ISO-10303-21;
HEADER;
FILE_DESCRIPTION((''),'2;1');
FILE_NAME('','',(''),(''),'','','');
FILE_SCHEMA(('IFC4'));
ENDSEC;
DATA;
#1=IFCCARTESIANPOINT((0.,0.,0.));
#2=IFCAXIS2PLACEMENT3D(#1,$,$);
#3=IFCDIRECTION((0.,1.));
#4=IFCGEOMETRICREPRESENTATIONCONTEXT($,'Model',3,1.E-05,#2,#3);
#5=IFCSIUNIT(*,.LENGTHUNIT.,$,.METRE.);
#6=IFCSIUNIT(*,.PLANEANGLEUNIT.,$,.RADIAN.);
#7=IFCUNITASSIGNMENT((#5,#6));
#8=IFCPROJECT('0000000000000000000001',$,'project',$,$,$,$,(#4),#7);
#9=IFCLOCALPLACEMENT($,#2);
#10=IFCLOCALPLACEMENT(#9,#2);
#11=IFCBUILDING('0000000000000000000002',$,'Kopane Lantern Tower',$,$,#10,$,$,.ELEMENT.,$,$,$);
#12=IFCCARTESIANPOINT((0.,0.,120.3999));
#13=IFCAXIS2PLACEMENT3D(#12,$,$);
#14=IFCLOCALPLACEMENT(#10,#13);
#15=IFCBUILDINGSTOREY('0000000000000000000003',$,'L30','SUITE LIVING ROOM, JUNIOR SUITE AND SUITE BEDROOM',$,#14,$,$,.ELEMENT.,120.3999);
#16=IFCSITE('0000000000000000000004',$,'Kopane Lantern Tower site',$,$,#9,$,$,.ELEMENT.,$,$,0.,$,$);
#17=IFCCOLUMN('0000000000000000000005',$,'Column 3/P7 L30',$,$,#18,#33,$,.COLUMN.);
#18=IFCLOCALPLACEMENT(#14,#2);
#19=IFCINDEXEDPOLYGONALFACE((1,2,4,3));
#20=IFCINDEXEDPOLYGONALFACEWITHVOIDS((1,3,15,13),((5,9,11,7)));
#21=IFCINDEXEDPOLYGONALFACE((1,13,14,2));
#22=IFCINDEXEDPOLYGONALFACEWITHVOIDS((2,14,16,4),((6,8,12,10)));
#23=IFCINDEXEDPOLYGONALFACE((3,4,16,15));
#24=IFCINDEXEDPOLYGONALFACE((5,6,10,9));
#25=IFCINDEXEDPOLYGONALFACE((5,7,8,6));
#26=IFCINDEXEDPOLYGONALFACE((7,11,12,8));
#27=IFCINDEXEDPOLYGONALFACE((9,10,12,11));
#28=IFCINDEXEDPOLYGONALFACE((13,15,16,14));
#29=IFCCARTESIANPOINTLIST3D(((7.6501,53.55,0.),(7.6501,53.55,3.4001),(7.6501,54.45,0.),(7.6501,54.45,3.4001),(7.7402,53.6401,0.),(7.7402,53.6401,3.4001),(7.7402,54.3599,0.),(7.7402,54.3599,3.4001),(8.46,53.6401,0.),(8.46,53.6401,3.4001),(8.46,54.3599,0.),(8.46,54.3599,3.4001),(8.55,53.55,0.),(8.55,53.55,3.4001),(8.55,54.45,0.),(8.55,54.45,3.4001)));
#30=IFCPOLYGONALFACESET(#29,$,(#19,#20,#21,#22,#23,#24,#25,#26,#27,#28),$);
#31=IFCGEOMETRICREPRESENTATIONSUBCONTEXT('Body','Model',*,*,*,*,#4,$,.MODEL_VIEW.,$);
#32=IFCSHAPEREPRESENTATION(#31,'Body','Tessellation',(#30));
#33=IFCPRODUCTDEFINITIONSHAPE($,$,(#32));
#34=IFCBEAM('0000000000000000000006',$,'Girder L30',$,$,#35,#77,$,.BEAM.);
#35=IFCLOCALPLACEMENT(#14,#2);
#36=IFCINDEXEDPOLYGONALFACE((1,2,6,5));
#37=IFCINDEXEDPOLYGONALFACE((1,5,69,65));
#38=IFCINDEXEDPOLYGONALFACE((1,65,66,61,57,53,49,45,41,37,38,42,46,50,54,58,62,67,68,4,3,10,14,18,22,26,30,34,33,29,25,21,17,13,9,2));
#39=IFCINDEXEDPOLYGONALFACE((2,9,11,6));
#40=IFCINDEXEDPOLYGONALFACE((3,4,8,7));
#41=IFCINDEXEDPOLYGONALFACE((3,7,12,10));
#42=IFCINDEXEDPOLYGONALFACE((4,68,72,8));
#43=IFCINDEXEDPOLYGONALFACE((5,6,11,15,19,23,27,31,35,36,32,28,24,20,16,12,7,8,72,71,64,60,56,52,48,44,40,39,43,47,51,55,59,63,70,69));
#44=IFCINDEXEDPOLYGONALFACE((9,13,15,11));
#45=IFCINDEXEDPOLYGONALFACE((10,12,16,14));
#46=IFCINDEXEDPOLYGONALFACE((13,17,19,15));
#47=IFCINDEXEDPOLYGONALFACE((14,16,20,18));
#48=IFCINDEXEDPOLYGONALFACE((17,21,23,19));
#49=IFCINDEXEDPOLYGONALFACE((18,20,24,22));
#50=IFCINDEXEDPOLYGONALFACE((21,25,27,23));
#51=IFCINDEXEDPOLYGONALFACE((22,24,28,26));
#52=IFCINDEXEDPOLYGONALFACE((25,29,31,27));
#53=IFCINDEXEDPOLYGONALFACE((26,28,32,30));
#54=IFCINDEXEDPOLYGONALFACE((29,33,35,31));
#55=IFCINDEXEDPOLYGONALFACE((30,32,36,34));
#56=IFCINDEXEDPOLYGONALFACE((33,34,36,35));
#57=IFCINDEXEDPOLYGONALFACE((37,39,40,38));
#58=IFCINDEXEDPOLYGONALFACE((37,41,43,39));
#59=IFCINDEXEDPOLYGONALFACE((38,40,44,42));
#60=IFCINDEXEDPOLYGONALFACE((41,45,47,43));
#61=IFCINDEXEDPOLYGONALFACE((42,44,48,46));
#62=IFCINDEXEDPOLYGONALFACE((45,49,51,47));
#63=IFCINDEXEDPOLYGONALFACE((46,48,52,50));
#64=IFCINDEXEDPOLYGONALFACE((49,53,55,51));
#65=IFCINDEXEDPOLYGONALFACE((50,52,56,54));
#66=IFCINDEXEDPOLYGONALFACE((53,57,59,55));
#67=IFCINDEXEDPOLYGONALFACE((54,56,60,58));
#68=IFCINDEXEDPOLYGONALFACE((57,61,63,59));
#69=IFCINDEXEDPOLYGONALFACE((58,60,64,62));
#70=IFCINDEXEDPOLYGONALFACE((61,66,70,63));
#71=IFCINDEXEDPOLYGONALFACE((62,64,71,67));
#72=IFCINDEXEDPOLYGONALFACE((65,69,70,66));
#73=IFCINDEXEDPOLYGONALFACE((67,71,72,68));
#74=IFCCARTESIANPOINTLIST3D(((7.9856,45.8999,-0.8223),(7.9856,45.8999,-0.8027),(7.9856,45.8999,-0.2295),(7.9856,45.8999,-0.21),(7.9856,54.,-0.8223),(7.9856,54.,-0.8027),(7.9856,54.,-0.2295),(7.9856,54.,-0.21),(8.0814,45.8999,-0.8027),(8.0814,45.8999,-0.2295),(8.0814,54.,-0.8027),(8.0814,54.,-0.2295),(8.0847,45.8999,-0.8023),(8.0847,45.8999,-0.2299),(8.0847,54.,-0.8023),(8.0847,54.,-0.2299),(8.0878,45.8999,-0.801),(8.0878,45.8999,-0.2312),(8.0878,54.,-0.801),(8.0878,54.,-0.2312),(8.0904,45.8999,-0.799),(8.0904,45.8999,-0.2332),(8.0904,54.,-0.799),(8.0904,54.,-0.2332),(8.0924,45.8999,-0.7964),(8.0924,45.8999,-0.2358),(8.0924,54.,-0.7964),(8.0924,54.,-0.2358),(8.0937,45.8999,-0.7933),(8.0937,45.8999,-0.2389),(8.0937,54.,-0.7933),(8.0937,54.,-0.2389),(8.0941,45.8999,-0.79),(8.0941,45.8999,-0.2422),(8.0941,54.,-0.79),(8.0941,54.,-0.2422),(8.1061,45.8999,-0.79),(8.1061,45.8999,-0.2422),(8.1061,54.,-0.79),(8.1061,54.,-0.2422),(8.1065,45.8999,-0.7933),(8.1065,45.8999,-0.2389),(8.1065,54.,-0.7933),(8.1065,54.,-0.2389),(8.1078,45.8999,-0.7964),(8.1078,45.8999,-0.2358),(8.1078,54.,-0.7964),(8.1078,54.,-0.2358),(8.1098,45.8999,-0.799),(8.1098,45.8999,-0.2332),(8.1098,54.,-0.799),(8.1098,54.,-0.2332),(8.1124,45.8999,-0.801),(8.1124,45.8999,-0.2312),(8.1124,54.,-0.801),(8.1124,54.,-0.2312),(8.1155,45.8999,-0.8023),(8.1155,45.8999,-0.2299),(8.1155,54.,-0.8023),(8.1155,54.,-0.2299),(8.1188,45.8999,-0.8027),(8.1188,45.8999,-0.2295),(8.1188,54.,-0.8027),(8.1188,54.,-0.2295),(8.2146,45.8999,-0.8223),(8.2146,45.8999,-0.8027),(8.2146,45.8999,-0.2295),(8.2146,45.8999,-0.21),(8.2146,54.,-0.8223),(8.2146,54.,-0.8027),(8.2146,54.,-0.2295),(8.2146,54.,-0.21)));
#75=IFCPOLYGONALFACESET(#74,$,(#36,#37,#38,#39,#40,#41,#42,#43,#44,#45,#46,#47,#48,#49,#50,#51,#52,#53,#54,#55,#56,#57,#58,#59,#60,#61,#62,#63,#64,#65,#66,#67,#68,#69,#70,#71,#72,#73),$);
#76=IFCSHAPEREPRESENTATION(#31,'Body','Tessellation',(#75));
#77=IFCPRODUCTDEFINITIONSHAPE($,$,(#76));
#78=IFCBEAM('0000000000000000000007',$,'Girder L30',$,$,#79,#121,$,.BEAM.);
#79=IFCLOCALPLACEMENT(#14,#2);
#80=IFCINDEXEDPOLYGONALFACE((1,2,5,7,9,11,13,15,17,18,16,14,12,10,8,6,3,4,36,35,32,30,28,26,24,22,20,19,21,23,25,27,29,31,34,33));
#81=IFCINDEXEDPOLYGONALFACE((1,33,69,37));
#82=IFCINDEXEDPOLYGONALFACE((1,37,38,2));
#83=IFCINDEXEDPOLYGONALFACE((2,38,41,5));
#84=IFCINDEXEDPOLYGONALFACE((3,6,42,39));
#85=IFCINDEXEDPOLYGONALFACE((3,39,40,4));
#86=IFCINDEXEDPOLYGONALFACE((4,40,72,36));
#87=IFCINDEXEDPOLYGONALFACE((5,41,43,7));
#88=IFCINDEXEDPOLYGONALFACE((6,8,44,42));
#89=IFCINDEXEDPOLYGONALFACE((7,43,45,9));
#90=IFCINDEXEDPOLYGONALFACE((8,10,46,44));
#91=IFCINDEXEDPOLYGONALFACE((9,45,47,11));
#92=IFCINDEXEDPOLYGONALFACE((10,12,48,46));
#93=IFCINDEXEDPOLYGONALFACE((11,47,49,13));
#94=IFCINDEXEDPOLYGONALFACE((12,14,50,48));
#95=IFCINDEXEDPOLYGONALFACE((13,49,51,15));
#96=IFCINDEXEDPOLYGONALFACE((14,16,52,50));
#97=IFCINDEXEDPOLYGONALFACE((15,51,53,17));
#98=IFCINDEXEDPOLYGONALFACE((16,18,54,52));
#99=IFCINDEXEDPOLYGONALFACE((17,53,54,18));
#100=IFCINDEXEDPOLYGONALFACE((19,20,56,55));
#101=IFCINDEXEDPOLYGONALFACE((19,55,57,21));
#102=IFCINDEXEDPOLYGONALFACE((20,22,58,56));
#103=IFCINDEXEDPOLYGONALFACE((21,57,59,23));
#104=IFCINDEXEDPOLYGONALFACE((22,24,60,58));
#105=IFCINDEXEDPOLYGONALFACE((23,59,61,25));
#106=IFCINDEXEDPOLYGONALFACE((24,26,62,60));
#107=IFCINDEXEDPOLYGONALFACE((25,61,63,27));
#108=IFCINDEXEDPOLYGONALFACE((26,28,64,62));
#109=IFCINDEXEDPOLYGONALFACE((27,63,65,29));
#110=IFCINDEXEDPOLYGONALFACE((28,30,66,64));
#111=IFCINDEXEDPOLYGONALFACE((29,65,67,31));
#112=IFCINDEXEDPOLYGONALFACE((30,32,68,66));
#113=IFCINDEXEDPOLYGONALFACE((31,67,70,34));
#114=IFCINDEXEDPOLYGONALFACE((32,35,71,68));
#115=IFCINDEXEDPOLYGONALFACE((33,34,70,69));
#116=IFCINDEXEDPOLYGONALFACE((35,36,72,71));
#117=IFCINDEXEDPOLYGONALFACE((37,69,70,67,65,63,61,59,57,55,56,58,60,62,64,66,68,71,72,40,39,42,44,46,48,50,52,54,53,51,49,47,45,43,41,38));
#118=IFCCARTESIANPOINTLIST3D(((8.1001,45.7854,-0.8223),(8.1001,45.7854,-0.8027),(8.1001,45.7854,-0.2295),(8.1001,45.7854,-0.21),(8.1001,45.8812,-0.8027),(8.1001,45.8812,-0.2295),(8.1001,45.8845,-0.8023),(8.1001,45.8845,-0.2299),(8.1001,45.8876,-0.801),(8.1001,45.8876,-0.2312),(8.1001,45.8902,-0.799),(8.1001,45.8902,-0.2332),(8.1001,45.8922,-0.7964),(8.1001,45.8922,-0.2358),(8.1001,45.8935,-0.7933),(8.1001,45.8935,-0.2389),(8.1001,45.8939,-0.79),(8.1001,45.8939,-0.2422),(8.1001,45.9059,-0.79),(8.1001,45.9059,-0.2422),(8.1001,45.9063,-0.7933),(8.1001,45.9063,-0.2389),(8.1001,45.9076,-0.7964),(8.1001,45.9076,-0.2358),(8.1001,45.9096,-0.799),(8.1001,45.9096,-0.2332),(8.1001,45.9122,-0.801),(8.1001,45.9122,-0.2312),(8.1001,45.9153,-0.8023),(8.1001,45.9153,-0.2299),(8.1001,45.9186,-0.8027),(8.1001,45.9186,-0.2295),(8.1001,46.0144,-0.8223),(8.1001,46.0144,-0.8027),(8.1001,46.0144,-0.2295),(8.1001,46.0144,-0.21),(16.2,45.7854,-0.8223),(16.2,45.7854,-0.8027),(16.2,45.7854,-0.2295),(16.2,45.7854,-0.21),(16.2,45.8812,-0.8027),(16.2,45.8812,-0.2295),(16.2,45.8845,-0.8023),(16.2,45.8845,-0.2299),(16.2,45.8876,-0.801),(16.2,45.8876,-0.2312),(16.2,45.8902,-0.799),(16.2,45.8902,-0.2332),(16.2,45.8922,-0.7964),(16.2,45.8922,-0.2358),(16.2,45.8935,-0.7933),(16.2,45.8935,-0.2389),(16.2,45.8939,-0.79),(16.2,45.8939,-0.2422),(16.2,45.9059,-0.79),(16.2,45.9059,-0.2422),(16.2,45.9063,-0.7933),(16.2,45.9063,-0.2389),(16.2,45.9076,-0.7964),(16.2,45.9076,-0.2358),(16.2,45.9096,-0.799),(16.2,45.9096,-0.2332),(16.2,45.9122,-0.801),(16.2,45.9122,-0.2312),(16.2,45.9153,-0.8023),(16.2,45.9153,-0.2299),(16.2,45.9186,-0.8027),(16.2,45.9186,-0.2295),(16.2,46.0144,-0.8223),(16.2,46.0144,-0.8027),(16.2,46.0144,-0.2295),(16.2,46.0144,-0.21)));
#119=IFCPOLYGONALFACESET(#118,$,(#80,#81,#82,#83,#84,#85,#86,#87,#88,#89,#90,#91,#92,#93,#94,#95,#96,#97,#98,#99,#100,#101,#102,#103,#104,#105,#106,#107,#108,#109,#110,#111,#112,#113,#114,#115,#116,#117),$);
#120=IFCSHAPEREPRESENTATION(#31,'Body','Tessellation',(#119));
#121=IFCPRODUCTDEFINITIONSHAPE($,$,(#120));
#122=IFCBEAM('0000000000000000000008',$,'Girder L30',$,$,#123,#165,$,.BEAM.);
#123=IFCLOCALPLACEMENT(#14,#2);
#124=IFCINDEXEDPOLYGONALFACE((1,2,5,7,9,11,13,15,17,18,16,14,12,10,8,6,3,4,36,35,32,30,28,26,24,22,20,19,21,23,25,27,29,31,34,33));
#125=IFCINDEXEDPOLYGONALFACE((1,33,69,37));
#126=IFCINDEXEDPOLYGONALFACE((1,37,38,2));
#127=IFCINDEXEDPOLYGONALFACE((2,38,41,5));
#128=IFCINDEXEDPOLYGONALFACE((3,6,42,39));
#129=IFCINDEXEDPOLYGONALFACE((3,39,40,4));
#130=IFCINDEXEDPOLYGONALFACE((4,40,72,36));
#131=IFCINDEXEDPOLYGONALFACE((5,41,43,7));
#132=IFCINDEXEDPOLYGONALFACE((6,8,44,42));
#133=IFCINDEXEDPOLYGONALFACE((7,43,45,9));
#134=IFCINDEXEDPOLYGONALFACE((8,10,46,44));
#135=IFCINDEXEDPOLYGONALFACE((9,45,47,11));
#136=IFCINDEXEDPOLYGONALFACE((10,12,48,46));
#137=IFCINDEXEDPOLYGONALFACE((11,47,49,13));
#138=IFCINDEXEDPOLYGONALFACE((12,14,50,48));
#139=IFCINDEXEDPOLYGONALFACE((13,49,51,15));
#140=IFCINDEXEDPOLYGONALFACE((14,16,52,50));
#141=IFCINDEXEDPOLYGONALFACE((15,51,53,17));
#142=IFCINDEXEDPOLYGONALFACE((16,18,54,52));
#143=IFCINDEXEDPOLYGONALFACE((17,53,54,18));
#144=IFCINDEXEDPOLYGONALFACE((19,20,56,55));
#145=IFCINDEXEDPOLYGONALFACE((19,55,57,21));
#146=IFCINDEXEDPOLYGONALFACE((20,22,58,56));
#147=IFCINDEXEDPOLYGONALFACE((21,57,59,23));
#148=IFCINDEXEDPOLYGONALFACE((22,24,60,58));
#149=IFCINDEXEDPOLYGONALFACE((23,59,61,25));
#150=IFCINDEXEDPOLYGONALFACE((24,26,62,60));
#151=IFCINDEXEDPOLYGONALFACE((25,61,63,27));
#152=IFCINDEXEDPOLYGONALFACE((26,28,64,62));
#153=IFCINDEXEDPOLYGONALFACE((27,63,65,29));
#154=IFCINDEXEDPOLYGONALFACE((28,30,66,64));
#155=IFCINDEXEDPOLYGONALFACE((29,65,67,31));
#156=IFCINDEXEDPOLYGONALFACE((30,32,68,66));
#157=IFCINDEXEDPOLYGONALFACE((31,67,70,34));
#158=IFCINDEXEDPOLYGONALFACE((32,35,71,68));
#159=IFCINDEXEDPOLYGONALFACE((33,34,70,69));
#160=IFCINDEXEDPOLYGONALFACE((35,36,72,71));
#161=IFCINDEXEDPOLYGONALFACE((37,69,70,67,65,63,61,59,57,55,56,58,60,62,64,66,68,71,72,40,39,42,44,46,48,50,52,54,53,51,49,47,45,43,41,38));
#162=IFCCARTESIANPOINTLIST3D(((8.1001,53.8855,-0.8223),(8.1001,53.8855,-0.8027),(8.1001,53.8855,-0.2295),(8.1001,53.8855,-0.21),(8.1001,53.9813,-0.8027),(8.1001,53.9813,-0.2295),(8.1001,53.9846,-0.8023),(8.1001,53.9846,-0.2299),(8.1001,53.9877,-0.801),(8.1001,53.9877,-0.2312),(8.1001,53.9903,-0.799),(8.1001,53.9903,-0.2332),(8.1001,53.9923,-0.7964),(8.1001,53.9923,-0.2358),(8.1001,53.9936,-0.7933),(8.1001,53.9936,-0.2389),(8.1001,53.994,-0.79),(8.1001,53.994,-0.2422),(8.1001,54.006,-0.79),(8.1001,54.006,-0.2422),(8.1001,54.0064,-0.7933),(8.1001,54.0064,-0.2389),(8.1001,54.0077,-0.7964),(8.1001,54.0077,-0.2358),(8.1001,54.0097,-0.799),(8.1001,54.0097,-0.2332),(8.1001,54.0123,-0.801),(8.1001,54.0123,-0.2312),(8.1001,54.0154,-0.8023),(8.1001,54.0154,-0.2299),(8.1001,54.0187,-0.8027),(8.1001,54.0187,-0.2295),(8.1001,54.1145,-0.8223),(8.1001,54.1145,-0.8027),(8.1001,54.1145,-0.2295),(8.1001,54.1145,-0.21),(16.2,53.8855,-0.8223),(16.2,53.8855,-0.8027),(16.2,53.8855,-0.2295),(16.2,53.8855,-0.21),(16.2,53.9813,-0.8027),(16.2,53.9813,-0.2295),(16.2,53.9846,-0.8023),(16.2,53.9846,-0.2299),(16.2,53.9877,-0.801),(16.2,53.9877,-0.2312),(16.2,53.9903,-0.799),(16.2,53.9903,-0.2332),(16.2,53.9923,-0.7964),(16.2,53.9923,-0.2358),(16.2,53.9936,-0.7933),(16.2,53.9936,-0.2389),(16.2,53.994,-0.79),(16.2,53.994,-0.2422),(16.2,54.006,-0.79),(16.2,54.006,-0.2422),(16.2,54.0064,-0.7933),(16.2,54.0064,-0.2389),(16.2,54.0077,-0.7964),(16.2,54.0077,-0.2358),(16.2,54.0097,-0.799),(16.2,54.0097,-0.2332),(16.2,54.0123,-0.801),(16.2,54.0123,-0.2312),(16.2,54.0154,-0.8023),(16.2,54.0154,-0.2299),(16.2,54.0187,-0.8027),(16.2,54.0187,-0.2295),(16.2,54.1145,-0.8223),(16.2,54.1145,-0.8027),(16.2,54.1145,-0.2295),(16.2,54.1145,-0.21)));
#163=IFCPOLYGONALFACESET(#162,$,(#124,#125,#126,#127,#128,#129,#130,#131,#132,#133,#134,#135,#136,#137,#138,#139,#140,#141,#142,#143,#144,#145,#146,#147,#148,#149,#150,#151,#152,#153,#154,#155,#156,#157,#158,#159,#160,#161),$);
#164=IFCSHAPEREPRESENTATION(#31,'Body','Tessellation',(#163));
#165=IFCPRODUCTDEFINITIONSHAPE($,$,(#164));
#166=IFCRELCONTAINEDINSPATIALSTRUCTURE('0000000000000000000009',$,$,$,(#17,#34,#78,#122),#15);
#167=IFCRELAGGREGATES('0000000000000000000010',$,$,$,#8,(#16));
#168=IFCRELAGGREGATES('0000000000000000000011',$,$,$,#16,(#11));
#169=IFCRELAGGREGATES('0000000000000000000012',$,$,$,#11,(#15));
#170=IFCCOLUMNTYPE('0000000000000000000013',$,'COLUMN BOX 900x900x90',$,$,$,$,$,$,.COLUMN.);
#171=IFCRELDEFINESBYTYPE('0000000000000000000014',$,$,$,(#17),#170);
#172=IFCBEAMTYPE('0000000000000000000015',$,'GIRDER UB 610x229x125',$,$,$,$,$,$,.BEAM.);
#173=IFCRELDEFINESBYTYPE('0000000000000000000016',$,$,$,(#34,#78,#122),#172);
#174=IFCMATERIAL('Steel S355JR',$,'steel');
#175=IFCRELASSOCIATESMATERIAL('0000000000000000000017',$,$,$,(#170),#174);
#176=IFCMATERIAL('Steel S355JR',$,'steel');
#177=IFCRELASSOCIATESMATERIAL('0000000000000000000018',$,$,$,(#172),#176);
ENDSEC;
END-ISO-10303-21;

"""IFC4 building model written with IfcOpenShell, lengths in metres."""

from ifc_helpers import new_model, si_unit, direction, frame, origin, origin_2d, place, context, subcontext, project, spatial, hollow_rectangle, i_section, extrude, material, material_profile, profile_set, type_object, element, save


model = new_model("IFC4")

# Units and contexts
model_context = context("Model", 3, precision=1e-05, world=origin(), true_north=direction((0.0, 1.0)))
body_context = subcontext(model_context, "Body", "Model", "MODEL_VIEW")
ifc_project = project(units=[si_unit("LENGTHUNIT", "METRE"), si_unit("PLANEANGLEUNIT", "RADIAN")], contexts=[model_context])

# Site, building, storey
site_placement = place(None, origin())
site = spatial("IfcSite", under=ifc_project, at=site_placement, Name="Kopane Lantern Tower site", CompositionType="ELEMENT", RefElevation=0.0)
building_placement = place(site_placement, origin())
building = spatial("IfcBuilding", under=site, at=building_placement, Name="Kopane Lantern Tower", CompositionType="ELEMENT")
storey_placement = place(building_placement, frame((0.0, 0.0, 120.3999)))
storey = spatial("IfcBuildingStorey", under=building, at=storey_placement, Name="L30", Description="SUITE LIVING ROOM, JUNIOR SUITE AND SUITE BEDROOM", CompositionType="ELEMENT", Elevation=120.3999)

# Column
ifc_material_1 = material(Name="Steel S355JR", Category="steel")
ifc_material_profile_1 = material_profile(ifc_material_1, hollow_rectangle(XDim=0.8999, YDim=0.8999, WallThickness=0.0901, at=origin_2d()), Name="BOX 900x900x90")
ifc_profile_set_1 = profile_set([ifc_material_profile_1], Name="Steel S355JR")
column_type = type_object("IfcColumnType", Name="COLUMN BOX 900x900x90", PredefinedType="COLUMN", material=ifc_profile_set_1)
column_placement = place(storey_placement, frame((8.1001, 54.0, 0.0), z_axis=(0.0, 0.0, 1.0), x_axis=(1.0, 0.0, 0.0)))
element("IfcColumn", 1, at=column_placement, inside=storey, type_object=column_type, Name="Column 3/P7 L30", PredefinedType="COLUMN", context=body_context, shape_type="SweptSolid", body=[
    extrude(hollow_rectangle(XDim=0.8999, YDim=0.8999, WallThickness=0.0901, at=origin_2d()), origin(), (0.0, 0.0, 1.0), 3.4001),
])

# Beams
ifc_material_2 = material(Name="Steel S355JR", Category="steel")
ifc_material_profile_2 = material_profile(ifc_material_2, i_section(OverallWidth=0.229, OverallDepth=0.6123, WebThickness=0.012, FlangeThickness=0.0195, FilletRadius=0.0127, at=origin_2d()), Name="UB 610x229x125")
ifc_profile_set_2 = profile_set([ifc_material_profile_2], Name="Steel S355JR")
beam_type = type_object("IfcBeamType", Name="GIRDER UB 610x229x125", PredefinedType="BEAM", material=ifc_profile_set_2)
beam_placement = place(storey_placement, frame((8.1001, 45.8999, -0.5161), z_axis=(0.0, 1.0, 0.0), x_axis=(-1.0, 0.0, 0.0)))
element("IfcBeam", 2, at=beam_placement, inside=storey, type_object=beam_type, Name="Girder L30", PredefinedType="BEAM", context=body_context, shape_type="SweptSolid", body=[
    extrude(i_section(OverallWidth=0.229, OverallDepth=0.6123, WebThickness=0.012, FlangeThickness=0.0195, FilletRadius=0.0127, at=origin_2d()), origin(), (0.0, 0.0, 1.0), 8.1001),
])
for number, where, z_axis, x_axis, name in (
    (3, (8.1001, 45.8999, -0.5161), (1.0, 0.0, 0.0), (0.0, 1.0, 0.0), "Girder L30"),
    (4, (8.1001, 54.0, -0.5161), (1.0, 0.0, 0.0), (0.0, 1.0, 0.0), "Girder L30"),
):
    element("IfcBeam", number, at=place(storey_placement, frame(where, z_axis=z_axis, x_axis=x_axis)), inside=storey, type_object=beam_type, Name=name, PredefinedType="BEAM", context=body_context, shape_type="SweptSolid", body=[
        extrude(i_section(OverallWidth=0.229, OverallDepth=0.6123, WebThickness=0.012, FlangeThickness=0.0195, FilletRadius=0.0127, at=origin_2d()), origin(), (0.0, 0.0, 1.0), 8.0999),
    ])

save(model, "model.ifc")
